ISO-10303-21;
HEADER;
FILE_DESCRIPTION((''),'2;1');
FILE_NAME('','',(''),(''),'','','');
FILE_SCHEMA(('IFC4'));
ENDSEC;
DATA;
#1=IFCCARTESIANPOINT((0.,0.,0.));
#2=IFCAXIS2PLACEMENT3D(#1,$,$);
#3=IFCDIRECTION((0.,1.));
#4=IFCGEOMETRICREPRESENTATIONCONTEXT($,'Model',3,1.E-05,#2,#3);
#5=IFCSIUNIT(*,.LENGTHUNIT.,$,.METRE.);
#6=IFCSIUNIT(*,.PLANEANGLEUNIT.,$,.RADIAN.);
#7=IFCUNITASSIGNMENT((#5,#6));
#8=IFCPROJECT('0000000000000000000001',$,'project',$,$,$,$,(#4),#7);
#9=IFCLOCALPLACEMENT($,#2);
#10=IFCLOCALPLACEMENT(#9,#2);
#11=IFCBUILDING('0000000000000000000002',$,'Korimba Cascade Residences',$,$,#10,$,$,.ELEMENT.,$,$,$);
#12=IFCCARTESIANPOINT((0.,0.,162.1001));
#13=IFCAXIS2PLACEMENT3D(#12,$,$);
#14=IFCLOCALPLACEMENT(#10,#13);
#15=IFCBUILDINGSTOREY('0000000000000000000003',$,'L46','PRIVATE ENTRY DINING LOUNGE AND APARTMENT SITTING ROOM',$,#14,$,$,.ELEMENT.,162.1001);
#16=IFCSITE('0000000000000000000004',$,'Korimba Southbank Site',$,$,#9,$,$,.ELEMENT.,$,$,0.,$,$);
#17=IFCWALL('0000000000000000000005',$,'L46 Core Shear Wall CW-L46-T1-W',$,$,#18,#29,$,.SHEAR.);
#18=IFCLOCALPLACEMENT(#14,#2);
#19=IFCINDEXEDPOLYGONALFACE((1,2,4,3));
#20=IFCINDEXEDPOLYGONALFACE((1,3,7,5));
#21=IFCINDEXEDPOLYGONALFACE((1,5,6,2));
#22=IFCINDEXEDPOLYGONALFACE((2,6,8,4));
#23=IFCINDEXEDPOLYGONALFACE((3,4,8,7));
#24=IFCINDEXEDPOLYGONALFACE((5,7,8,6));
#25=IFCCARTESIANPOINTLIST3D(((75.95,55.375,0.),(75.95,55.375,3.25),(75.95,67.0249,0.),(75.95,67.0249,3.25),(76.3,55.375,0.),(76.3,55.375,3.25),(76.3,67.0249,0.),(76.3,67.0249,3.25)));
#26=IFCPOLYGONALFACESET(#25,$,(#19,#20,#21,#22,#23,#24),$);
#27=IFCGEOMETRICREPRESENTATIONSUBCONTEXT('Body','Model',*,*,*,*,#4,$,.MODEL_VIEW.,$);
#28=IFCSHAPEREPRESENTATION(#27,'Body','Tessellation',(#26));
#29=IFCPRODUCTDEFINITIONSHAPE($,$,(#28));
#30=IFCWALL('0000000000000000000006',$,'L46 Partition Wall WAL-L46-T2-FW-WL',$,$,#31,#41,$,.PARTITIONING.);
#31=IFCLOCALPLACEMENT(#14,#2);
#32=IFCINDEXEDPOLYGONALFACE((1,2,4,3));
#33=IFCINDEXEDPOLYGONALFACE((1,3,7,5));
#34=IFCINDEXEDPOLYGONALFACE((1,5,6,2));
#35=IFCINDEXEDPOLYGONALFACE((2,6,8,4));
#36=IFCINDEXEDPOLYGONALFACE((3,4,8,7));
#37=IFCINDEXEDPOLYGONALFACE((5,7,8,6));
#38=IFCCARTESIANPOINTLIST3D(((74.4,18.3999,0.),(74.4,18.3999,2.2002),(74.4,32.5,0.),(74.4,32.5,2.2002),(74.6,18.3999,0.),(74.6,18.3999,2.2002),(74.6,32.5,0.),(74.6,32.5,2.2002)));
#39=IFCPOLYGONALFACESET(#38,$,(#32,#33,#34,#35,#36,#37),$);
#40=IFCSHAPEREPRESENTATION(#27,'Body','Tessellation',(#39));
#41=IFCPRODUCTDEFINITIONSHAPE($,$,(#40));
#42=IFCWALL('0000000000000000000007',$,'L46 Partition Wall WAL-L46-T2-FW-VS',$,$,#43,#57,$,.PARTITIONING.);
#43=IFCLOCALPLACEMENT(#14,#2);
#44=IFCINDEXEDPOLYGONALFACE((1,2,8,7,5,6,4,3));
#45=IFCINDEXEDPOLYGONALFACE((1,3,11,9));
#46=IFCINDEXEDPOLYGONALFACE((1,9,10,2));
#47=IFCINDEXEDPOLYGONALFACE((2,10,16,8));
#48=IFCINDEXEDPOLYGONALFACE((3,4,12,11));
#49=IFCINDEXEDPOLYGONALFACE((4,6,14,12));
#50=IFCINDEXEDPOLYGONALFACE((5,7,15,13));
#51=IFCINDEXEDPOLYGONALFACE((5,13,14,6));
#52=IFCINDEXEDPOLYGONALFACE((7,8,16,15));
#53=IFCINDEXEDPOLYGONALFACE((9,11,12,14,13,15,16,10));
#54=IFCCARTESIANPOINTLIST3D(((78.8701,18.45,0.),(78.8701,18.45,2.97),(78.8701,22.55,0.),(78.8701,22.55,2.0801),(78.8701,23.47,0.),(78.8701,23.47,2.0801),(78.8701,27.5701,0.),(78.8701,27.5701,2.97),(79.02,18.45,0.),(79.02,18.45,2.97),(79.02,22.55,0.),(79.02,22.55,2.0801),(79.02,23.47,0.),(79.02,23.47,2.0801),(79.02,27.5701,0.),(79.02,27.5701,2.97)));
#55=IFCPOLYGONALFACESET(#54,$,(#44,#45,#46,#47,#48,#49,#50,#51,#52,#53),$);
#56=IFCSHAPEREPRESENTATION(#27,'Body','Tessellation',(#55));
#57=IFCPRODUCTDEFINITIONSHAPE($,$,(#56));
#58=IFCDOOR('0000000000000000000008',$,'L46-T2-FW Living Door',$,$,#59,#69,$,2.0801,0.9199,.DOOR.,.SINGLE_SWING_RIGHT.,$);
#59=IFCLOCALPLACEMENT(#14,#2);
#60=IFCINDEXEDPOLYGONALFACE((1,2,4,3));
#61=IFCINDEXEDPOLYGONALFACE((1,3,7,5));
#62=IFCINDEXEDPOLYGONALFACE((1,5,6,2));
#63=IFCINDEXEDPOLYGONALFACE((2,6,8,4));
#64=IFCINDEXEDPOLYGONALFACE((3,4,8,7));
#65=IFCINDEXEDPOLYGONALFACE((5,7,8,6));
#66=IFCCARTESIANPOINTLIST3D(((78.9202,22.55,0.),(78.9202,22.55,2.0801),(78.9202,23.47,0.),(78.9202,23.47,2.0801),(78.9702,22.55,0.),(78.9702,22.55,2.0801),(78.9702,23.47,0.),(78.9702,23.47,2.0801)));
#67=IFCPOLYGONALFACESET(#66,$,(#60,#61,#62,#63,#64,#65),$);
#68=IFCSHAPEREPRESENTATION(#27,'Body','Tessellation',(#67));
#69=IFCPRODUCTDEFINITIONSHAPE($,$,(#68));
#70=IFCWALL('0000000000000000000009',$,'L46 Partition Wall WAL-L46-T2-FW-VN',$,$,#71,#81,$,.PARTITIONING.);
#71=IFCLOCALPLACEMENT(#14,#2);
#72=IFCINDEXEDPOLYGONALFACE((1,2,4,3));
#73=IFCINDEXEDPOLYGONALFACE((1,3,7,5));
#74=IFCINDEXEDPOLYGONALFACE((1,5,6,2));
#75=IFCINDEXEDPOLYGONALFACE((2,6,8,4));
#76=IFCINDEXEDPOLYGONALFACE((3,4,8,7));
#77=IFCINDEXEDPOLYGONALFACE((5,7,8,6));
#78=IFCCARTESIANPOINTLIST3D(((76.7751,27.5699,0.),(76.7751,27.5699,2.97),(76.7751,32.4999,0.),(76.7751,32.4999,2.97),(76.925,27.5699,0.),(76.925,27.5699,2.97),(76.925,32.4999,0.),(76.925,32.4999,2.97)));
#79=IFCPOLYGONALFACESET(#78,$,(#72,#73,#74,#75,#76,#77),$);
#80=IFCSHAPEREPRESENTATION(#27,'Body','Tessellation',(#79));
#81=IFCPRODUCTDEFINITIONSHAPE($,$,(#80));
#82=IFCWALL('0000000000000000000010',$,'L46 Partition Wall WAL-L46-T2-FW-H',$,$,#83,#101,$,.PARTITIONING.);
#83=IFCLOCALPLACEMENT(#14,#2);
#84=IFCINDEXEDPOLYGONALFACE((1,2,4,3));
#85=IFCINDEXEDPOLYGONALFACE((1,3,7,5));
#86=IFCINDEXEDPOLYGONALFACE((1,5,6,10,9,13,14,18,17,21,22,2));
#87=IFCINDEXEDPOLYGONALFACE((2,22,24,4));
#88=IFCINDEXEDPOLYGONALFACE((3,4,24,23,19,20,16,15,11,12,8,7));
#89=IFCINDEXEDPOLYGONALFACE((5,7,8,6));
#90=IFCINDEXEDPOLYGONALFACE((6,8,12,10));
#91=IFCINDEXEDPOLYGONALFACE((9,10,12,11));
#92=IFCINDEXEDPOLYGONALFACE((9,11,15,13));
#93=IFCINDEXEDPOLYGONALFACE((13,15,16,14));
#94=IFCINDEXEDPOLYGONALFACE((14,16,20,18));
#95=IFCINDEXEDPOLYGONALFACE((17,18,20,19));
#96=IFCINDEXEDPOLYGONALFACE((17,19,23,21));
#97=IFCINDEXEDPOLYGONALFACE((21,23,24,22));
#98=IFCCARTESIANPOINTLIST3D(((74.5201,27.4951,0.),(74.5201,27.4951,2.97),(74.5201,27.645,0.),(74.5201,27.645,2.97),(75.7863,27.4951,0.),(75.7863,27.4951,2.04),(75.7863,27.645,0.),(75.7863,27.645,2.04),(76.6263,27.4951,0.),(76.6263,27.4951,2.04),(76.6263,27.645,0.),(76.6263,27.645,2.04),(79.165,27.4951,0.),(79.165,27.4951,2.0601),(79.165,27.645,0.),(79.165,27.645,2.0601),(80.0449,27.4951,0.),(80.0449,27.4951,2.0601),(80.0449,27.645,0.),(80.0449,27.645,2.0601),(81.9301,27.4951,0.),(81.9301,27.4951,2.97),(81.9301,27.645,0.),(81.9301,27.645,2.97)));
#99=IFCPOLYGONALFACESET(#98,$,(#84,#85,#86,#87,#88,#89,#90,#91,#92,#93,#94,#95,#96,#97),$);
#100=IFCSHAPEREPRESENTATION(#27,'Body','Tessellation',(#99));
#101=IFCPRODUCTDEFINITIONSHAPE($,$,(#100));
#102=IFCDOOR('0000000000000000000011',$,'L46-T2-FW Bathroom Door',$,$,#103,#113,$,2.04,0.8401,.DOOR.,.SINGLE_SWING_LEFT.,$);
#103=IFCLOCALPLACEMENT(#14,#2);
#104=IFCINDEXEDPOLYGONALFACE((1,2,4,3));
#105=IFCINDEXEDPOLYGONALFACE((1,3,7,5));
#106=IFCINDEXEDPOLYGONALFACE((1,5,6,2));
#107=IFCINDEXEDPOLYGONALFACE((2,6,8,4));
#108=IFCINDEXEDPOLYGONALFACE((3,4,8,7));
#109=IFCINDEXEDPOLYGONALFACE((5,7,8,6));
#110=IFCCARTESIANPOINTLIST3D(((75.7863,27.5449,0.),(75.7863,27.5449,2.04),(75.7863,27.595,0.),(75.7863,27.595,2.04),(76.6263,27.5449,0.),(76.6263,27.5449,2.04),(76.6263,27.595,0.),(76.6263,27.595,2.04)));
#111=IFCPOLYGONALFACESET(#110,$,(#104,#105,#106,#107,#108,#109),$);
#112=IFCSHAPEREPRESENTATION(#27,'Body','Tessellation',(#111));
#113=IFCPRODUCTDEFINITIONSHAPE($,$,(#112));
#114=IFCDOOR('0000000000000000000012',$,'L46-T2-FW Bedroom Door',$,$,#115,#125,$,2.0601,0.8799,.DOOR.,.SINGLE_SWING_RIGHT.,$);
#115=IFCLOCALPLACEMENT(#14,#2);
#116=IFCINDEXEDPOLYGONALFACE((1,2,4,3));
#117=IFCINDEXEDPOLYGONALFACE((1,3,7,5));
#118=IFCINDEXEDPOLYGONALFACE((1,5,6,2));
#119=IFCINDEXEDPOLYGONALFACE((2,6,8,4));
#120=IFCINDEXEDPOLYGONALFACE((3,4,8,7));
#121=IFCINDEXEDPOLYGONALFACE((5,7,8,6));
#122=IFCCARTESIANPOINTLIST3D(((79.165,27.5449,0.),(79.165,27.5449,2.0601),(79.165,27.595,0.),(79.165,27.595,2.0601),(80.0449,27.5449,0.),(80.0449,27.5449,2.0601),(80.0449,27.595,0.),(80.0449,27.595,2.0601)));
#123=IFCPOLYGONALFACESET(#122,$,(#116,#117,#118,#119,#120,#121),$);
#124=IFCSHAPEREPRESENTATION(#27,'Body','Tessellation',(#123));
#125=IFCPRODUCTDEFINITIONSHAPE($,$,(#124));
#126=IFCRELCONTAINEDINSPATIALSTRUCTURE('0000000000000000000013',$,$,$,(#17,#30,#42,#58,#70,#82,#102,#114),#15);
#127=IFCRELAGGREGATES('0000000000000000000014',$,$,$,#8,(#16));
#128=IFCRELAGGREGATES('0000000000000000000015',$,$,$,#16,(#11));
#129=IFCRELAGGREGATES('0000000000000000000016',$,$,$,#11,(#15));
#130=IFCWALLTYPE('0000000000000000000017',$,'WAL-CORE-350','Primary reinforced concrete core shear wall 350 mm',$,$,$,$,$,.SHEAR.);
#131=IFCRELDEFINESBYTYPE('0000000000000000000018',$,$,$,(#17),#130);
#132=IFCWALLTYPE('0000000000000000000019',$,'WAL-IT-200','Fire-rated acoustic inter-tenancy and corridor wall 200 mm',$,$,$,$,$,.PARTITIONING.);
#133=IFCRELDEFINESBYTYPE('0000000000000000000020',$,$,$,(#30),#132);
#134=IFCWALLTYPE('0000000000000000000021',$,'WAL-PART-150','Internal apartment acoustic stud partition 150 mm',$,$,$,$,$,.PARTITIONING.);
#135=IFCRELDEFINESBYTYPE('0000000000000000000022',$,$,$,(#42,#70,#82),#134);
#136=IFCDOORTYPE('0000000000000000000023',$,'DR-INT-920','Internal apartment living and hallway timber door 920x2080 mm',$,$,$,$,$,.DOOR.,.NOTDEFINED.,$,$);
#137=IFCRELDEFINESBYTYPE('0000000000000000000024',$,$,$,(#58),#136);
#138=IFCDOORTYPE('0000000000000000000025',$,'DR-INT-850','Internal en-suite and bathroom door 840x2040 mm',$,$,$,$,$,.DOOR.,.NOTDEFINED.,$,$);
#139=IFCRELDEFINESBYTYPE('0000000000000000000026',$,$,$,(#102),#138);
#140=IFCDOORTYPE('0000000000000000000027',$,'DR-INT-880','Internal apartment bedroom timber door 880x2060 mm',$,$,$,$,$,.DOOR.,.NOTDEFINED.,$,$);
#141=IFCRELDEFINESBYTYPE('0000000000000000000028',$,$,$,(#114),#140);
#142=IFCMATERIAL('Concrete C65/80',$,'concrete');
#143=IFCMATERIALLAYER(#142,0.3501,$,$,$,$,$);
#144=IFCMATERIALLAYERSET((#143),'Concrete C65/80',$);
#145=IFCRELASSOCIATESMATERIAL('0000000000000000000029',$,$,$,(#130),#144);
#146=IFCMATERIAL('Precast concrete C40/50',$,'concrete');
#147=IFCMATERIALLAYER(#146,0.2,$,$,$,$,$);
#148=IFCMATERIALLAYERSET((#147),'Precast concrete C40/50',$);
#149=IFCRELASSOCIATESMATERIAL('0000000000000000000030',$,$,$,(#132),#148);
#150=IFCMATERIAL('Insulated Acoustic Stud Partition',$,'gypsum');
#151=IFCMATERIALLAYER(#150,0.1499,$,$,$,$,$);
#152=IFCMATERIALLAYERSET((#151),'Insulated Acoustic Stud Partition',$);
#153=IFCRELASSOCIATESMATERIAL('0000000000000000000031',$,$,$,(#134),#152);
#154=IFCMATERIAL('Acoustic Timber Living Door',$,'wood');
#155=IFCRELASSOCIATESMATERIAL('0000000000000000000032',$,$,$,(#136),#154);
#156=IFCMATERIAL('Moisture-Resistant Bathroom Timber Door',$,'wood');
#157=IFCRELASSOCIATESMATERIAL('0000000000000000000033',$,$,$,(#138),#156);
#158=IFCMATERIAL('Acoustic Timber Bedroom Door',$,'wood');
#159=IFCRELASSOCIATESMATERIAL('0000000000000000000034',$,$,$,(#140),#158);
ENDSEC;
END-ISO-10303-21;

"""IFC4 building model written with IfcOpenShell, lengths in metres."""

from ifc_helpers import new_model, si_unit, direction, frame, frame_2d, origin, place, context, subcontext, project, spatial, rectangle, extrude, material, layer, layer_set, type_object, element, fill, save


model = new_model("IFC4")

# Units and contexts
model_context = context("Model", 3, precision=1e-05, world=origin(), true_north=direction((0.0, 1.0)))
body_context = subcontext(model_context, "Body", "Model", "MODEL_VIEW")
ifc_project = project(units=[si_unit("LENGTHUNIT", "METRE"), si_unit("PLANEANGLEUNIT", "RADIAN")], contexts=[model_context])

# Site, building, storey
site_placement = place(None, origin())
site = spatial("IfcSite", under=ifc_project, at=site_placement, Name="Korimba Southbank Site", CompositionType="ELEMENT", RefElevation=0.0)
building_placement = place(site_placement, origin())
building = spatial("IfcBuilding", under=site, at=building_placement, Name="Korimba Cascade Residences", CompositionType="ELEMENT")
storey_placement = place(building_placement, frame((0.0, 0.0, 162.1001)))
storey = spatial("IfcBuildingStorey", under=building, at=storey_placement, Name="L46", Description="PRIVATE ENTRY DINING LOUNGE AND APARTMENT SITTING ROOM", CompositionType="ELEMENT", Elevation=162.1001)

# Shared definitions
ifc_material_1 = material(Name="Concrete C65/80", Category="concrete")

# Shared definitions
ifc_material_2 = material(Name="Precast concrete C40/50", Category="concrete")

# Walls
ifc_layer_1 = layer(ifc_material_1, 0.3501)
ifc_layer_set_1 = layer_set([ifc_layer_1], Name="Concrete C65/80")
wall_type_1 = type_object("IfcWallType", Name="WAL-CORE-350", Description="Primary reinforced concrete core shear wall 350 mm", PredefinedType="SHEAR", material=ifc_layer_set_1)
wall_1_placement = place(storey_placement, frame((76.125, 55.375, 0.0), z_axis=(0.0, 0.0, 1.0), x_axis=(0.0, 1.0, 0.0)))
element("IfcWall", 1, at=wall_1_placement, inside=storey, type_object=wall_type_1, Name="L46 Core Shear Wall CW-L46-T1-W", PredefinedType="SHEAR", context=body_context, shape_type="SweptSolid", body=[
    extrude(rectangle(XDim=11.6499, YDim=0.3501, at=frame_2d((5.825, 0.0))), origin(), (0.0, 0.0, 1.0), 3.25),
])
ifc_layer_2 = layer(ifc_material_2, 0.2)
ifc_layer_set_2 = layer_set([ifc_layer_2], Name="Precast concrete C40/50")
wall_type_2 = type_object("IfcWallType", Name="WAL-IT-200", Description="Fire-rated acoustic inter-tenancy and corridor wall 200 mm", PredefinedType="PARTITIONING", material=ifc_layer_set_2)
wall_2_placement = place(storey_placement, frame((74.5, 18.3999, 0.0), z_axis=(0.0, 0.0, 1.0), x_axis=(0.0, 1.0, 0.0)))
element("IfcWall", 2, at=wall_2_placement, inside=storey, type_object=wall_type_2, Name="L46 Partition Wall WAL-L46-T2-FW-WL", PredefinedType="PARTITIONING", context=body_context, shape_type="SweptSolid", body=[
    extrude(rectangle(XDim=14.1001, YDim=0.2, at=frame_2d((7.05, 0.0))), origin(), (0.0, 0.0, 1.0), 2.2002),
])

# Wall, opening, door
ifc_material_3 = material(Name="Insulated Acoustic Stud Partition", Category="gypsum")
ifc_layer_3 = layer(ifc_material_3, 0.1499)
ifc_layer_set_3 = layer_set([ifc_layer_3], Name="Insulated Acoustic Stud Partition")
wall_type_3 = type_object("IfcWallType", Name="WAL-PART-150", Description="Internal apartment acoustic stud partition 150 mm", PredefinedType="PARTITIONING", material=ifc_layer_set_3)
wall_3_placement = place(storey_placement, frame((78.9451, 18.45, 0.0), z_axis=(0.0, 0.0, 1.0), x_axis=(0.0, 1.0, 0.0)))
wall_3 = element("IfcWall", 3, at=wall_3_placement, inside=storey, type_object=wall_type_3, Name="L46 Partition Wall WAL-L46-T2-FW-VS", PredefinedType="PARTITIONING", context=body_context, shape_type="SweptSolid", body=[
    extrude(rectangle(XDim=9.1201, YDim=0.1499, at=frame_2d((4.5601, 0.0))), origin(), (0.0, 0.0, 1.0), 2.97),
])
opening_1_placement = place(wall_3_placement, frame((4.1001, 0.0, 0.0)))
opening_1 = element("IfcOpeningElement", 4, at=opening_1_placement, cuts=wall_3, PredefinedType="OPENING", context=body_context, shape_type="SweptSolid", body=[
    extrude(rectangle(XDim=0.9199, YDim=2.0801, at=frame_2d((0.46, 1.04))), frame((0.0, 0.085, 0.0), z_axis=(0.0, -1.0, 0.0), x_axis=(1.0, 0.0, 0.0)), (0.0, 0.0, 1.0), 0.1699),
])
ifc_material_4 = material(Name="Acoustic Timber Living Door", Category="wood")
door_type_1 = type_object("IfcDoorType", Name="DR-INT-920", Description="Internal apartment living and hallway timber door 920x2080 mm", OperationType="NOTDEFINED", PredefinedType="DOOR", material=ifc_material_4)
door_1_placement = place(opening_1_placement, origin())
door_1 = element("IfcDoor", 5, at=door_1_placement, inside=storey, type_object=door_type_1, Name="L46-T2-FW Living Door", OperationType="SINGLE_SWING_RIGHT", OverallHeight=2.0801, OverallWidth=0.9199, PredefinedType="DOOR", context=body_context, shape_type="SweptSolid", body=[
    extrude(rectangle(XDim=0.9199, YDim=2.0801, at=frame_2d((0.46, 1.04))), frame((0.0, 0.0249, 0.0), z_axis=(0.0, -1.0, 0.0), x_axis=(1.0, 0.0, 0.0)), (0.0, 0.0, 1.0), 0.05),
])
fill(opening_1, door_1)

# Wall
wall_4_placement = place(storey_placement, frame((76.8501, 27.5701, 0.0), z_axis=(0.0, 0.0, 1.0), x_axis=(0.0, 1.0, 0.0)))
element("IfcWall", 6, at=wall_4_placement, inside=storey, type_object=wall_type_3, Name="L46 Partition Wall WAL-L46-T2-FW-VN", PredefinedType="PARTITIONING", context=body_context, shape_type="SweptSolid", body=[
    extrude(rectangle(XDim=4.9299, YDim=0.1499, at=frame_2d((2.4648, 0.0))), origin(), (0.0, 0.0, 1.0), 2.97),
])

# Wall, openings, doors
wall_5_placement = place(storey_placement, frame((74.52, 27.5701, 0.0), z_axis=(0.0, 0.0, 1.0), x_axis=(1.0, 0.0, 0.0)))
wall_5 = element("IfcWall", 7, at=wall_5_placement, inside=storey, type_object=wall_type_3, Name="L46 Partition Wall WAL-L46-T2-FW-H", PredefinedType="PARTITIONING", context=body_context, shape_type="SweptSolid", body=[
    extrude(rectangle(XDim=7.4099, YDim=0.1499, at=frame_2d((3.7051, 0.0))), origin(), (0.0, 0.0, 1.0), 2.97),
])
opening_2_placement = place(wall_5_placement, frame((1.2664, 0.0, 0.0)))
opening_2 = element("IfcOpeningElement", 8, at=opening_2_placement, cuts=wall_5, PredefinedType="OPENING", context=body_context, shape_type="SweptSolid", body=[
    extrude(rectangle(XDim=0.8401, YDim=2.04, at=frame_2d((0.4199, 1.02))), frame((0.0, 0.085, 0.0), z_axis=(0.0, -1.0, 0.0), x_axis=(1.0, 0.0, 0.0)), (0.0, 0.0, 1.0), 0.1699),
])
opening_3_placement = place(wall_5_placement, frame((4.645, 0.0, 0.0)))
opening_3 = element("IfcOpeningElement", 9, at=opening_3_placement, cuts=wall_5, PredefinedType="OPENING", context=body_context, shape_type="SweptSolid", body=[
    extrude(rectangle(XDim=0.8799, YDim=2.0601, at=frame_2d((0.4399, 1.03))), frame((0.0, 0.085, 0.0), z_axis=(0.0, -1.0, 0.0), x_axis=(1.0, 0.0, 0.0)), (0.0, 0.0, 1.0), 0.1699),
])
ifc_material_5 = material(Name="Moisture-Resistant Bathroom Timber Door", Category="wood")
door_type_2 = type_object("IfcDoorType", Name="DR-INT-850", Description="Internal en-suite and bathroom door 840x2040 mm", OperationType="NOTDEFINED", PredefinedType="DOOR", material=ifc_material_5)
door_2_placement = place(opening_2_placement, origin())
door_2 = element("IfcDoor", 10, at=door_2_placement, inside=storey, type_object=door_type_2, Name="L46-T2-FW Bathroom Door", OperationType="SINGLE_SWING_LEFT", OverallHeight=2.04, OverallWidth=0.8401, PredefinedType="DOOR", context=body_context, shape_type="SweptSolid", body=[
    extrude(rectangle(XDim=0.8401, YDim=2.04, at=frame_2d((0.4199, 1.02))), frame((0.0, 0.0249, 0.0), z_axis=(0.0, -1.0, 0.0), x_axis=(1.0, 0.0, 0.0)), (0.0, 0.0, 1.0), 0.05),
])
fill(opening_2, door_2)
ifc_material_6 = material(Name="Acoustic Timber Bedroom Door", Category="wood")
door_type_3 = type_object("IfcDoorType", Name="DR-INT-880", Description="Internal apartment bedroom timber door 880x2060 mm", OperationType="NOTDEFINED", PredefinedType="DOOR", material=ifc_material_6)
door_3_placement = place(opening_3_placement, origin())
door_3 = element("IfcDoor", 11, at=door_3_placement, inside=storey, type_object=door_type_3, Name="L46-T2-FW Bedroom Door", OperationType="SINGLE_SWING_RIGHT", OverallHeight=2.0601, OverallWidth=0.8799, PredefinedType="DOOR", context=body_context, shape_type="SweptSolid", body=[
    extrude(rectangle(XDim=0.8799, YDim=2.0601, at=frame_2d((0.4399, 1.03))), frame((0.0, 0.0249, 0.0), z_axis=(0.0, -1.0, 0.0), x_axis=(1.0, 0.0, 0.0)), (0.0, 0.0, 1.0), 0.05),
])
fill(opening_3, door_3)

save(model, "model.ifc")
